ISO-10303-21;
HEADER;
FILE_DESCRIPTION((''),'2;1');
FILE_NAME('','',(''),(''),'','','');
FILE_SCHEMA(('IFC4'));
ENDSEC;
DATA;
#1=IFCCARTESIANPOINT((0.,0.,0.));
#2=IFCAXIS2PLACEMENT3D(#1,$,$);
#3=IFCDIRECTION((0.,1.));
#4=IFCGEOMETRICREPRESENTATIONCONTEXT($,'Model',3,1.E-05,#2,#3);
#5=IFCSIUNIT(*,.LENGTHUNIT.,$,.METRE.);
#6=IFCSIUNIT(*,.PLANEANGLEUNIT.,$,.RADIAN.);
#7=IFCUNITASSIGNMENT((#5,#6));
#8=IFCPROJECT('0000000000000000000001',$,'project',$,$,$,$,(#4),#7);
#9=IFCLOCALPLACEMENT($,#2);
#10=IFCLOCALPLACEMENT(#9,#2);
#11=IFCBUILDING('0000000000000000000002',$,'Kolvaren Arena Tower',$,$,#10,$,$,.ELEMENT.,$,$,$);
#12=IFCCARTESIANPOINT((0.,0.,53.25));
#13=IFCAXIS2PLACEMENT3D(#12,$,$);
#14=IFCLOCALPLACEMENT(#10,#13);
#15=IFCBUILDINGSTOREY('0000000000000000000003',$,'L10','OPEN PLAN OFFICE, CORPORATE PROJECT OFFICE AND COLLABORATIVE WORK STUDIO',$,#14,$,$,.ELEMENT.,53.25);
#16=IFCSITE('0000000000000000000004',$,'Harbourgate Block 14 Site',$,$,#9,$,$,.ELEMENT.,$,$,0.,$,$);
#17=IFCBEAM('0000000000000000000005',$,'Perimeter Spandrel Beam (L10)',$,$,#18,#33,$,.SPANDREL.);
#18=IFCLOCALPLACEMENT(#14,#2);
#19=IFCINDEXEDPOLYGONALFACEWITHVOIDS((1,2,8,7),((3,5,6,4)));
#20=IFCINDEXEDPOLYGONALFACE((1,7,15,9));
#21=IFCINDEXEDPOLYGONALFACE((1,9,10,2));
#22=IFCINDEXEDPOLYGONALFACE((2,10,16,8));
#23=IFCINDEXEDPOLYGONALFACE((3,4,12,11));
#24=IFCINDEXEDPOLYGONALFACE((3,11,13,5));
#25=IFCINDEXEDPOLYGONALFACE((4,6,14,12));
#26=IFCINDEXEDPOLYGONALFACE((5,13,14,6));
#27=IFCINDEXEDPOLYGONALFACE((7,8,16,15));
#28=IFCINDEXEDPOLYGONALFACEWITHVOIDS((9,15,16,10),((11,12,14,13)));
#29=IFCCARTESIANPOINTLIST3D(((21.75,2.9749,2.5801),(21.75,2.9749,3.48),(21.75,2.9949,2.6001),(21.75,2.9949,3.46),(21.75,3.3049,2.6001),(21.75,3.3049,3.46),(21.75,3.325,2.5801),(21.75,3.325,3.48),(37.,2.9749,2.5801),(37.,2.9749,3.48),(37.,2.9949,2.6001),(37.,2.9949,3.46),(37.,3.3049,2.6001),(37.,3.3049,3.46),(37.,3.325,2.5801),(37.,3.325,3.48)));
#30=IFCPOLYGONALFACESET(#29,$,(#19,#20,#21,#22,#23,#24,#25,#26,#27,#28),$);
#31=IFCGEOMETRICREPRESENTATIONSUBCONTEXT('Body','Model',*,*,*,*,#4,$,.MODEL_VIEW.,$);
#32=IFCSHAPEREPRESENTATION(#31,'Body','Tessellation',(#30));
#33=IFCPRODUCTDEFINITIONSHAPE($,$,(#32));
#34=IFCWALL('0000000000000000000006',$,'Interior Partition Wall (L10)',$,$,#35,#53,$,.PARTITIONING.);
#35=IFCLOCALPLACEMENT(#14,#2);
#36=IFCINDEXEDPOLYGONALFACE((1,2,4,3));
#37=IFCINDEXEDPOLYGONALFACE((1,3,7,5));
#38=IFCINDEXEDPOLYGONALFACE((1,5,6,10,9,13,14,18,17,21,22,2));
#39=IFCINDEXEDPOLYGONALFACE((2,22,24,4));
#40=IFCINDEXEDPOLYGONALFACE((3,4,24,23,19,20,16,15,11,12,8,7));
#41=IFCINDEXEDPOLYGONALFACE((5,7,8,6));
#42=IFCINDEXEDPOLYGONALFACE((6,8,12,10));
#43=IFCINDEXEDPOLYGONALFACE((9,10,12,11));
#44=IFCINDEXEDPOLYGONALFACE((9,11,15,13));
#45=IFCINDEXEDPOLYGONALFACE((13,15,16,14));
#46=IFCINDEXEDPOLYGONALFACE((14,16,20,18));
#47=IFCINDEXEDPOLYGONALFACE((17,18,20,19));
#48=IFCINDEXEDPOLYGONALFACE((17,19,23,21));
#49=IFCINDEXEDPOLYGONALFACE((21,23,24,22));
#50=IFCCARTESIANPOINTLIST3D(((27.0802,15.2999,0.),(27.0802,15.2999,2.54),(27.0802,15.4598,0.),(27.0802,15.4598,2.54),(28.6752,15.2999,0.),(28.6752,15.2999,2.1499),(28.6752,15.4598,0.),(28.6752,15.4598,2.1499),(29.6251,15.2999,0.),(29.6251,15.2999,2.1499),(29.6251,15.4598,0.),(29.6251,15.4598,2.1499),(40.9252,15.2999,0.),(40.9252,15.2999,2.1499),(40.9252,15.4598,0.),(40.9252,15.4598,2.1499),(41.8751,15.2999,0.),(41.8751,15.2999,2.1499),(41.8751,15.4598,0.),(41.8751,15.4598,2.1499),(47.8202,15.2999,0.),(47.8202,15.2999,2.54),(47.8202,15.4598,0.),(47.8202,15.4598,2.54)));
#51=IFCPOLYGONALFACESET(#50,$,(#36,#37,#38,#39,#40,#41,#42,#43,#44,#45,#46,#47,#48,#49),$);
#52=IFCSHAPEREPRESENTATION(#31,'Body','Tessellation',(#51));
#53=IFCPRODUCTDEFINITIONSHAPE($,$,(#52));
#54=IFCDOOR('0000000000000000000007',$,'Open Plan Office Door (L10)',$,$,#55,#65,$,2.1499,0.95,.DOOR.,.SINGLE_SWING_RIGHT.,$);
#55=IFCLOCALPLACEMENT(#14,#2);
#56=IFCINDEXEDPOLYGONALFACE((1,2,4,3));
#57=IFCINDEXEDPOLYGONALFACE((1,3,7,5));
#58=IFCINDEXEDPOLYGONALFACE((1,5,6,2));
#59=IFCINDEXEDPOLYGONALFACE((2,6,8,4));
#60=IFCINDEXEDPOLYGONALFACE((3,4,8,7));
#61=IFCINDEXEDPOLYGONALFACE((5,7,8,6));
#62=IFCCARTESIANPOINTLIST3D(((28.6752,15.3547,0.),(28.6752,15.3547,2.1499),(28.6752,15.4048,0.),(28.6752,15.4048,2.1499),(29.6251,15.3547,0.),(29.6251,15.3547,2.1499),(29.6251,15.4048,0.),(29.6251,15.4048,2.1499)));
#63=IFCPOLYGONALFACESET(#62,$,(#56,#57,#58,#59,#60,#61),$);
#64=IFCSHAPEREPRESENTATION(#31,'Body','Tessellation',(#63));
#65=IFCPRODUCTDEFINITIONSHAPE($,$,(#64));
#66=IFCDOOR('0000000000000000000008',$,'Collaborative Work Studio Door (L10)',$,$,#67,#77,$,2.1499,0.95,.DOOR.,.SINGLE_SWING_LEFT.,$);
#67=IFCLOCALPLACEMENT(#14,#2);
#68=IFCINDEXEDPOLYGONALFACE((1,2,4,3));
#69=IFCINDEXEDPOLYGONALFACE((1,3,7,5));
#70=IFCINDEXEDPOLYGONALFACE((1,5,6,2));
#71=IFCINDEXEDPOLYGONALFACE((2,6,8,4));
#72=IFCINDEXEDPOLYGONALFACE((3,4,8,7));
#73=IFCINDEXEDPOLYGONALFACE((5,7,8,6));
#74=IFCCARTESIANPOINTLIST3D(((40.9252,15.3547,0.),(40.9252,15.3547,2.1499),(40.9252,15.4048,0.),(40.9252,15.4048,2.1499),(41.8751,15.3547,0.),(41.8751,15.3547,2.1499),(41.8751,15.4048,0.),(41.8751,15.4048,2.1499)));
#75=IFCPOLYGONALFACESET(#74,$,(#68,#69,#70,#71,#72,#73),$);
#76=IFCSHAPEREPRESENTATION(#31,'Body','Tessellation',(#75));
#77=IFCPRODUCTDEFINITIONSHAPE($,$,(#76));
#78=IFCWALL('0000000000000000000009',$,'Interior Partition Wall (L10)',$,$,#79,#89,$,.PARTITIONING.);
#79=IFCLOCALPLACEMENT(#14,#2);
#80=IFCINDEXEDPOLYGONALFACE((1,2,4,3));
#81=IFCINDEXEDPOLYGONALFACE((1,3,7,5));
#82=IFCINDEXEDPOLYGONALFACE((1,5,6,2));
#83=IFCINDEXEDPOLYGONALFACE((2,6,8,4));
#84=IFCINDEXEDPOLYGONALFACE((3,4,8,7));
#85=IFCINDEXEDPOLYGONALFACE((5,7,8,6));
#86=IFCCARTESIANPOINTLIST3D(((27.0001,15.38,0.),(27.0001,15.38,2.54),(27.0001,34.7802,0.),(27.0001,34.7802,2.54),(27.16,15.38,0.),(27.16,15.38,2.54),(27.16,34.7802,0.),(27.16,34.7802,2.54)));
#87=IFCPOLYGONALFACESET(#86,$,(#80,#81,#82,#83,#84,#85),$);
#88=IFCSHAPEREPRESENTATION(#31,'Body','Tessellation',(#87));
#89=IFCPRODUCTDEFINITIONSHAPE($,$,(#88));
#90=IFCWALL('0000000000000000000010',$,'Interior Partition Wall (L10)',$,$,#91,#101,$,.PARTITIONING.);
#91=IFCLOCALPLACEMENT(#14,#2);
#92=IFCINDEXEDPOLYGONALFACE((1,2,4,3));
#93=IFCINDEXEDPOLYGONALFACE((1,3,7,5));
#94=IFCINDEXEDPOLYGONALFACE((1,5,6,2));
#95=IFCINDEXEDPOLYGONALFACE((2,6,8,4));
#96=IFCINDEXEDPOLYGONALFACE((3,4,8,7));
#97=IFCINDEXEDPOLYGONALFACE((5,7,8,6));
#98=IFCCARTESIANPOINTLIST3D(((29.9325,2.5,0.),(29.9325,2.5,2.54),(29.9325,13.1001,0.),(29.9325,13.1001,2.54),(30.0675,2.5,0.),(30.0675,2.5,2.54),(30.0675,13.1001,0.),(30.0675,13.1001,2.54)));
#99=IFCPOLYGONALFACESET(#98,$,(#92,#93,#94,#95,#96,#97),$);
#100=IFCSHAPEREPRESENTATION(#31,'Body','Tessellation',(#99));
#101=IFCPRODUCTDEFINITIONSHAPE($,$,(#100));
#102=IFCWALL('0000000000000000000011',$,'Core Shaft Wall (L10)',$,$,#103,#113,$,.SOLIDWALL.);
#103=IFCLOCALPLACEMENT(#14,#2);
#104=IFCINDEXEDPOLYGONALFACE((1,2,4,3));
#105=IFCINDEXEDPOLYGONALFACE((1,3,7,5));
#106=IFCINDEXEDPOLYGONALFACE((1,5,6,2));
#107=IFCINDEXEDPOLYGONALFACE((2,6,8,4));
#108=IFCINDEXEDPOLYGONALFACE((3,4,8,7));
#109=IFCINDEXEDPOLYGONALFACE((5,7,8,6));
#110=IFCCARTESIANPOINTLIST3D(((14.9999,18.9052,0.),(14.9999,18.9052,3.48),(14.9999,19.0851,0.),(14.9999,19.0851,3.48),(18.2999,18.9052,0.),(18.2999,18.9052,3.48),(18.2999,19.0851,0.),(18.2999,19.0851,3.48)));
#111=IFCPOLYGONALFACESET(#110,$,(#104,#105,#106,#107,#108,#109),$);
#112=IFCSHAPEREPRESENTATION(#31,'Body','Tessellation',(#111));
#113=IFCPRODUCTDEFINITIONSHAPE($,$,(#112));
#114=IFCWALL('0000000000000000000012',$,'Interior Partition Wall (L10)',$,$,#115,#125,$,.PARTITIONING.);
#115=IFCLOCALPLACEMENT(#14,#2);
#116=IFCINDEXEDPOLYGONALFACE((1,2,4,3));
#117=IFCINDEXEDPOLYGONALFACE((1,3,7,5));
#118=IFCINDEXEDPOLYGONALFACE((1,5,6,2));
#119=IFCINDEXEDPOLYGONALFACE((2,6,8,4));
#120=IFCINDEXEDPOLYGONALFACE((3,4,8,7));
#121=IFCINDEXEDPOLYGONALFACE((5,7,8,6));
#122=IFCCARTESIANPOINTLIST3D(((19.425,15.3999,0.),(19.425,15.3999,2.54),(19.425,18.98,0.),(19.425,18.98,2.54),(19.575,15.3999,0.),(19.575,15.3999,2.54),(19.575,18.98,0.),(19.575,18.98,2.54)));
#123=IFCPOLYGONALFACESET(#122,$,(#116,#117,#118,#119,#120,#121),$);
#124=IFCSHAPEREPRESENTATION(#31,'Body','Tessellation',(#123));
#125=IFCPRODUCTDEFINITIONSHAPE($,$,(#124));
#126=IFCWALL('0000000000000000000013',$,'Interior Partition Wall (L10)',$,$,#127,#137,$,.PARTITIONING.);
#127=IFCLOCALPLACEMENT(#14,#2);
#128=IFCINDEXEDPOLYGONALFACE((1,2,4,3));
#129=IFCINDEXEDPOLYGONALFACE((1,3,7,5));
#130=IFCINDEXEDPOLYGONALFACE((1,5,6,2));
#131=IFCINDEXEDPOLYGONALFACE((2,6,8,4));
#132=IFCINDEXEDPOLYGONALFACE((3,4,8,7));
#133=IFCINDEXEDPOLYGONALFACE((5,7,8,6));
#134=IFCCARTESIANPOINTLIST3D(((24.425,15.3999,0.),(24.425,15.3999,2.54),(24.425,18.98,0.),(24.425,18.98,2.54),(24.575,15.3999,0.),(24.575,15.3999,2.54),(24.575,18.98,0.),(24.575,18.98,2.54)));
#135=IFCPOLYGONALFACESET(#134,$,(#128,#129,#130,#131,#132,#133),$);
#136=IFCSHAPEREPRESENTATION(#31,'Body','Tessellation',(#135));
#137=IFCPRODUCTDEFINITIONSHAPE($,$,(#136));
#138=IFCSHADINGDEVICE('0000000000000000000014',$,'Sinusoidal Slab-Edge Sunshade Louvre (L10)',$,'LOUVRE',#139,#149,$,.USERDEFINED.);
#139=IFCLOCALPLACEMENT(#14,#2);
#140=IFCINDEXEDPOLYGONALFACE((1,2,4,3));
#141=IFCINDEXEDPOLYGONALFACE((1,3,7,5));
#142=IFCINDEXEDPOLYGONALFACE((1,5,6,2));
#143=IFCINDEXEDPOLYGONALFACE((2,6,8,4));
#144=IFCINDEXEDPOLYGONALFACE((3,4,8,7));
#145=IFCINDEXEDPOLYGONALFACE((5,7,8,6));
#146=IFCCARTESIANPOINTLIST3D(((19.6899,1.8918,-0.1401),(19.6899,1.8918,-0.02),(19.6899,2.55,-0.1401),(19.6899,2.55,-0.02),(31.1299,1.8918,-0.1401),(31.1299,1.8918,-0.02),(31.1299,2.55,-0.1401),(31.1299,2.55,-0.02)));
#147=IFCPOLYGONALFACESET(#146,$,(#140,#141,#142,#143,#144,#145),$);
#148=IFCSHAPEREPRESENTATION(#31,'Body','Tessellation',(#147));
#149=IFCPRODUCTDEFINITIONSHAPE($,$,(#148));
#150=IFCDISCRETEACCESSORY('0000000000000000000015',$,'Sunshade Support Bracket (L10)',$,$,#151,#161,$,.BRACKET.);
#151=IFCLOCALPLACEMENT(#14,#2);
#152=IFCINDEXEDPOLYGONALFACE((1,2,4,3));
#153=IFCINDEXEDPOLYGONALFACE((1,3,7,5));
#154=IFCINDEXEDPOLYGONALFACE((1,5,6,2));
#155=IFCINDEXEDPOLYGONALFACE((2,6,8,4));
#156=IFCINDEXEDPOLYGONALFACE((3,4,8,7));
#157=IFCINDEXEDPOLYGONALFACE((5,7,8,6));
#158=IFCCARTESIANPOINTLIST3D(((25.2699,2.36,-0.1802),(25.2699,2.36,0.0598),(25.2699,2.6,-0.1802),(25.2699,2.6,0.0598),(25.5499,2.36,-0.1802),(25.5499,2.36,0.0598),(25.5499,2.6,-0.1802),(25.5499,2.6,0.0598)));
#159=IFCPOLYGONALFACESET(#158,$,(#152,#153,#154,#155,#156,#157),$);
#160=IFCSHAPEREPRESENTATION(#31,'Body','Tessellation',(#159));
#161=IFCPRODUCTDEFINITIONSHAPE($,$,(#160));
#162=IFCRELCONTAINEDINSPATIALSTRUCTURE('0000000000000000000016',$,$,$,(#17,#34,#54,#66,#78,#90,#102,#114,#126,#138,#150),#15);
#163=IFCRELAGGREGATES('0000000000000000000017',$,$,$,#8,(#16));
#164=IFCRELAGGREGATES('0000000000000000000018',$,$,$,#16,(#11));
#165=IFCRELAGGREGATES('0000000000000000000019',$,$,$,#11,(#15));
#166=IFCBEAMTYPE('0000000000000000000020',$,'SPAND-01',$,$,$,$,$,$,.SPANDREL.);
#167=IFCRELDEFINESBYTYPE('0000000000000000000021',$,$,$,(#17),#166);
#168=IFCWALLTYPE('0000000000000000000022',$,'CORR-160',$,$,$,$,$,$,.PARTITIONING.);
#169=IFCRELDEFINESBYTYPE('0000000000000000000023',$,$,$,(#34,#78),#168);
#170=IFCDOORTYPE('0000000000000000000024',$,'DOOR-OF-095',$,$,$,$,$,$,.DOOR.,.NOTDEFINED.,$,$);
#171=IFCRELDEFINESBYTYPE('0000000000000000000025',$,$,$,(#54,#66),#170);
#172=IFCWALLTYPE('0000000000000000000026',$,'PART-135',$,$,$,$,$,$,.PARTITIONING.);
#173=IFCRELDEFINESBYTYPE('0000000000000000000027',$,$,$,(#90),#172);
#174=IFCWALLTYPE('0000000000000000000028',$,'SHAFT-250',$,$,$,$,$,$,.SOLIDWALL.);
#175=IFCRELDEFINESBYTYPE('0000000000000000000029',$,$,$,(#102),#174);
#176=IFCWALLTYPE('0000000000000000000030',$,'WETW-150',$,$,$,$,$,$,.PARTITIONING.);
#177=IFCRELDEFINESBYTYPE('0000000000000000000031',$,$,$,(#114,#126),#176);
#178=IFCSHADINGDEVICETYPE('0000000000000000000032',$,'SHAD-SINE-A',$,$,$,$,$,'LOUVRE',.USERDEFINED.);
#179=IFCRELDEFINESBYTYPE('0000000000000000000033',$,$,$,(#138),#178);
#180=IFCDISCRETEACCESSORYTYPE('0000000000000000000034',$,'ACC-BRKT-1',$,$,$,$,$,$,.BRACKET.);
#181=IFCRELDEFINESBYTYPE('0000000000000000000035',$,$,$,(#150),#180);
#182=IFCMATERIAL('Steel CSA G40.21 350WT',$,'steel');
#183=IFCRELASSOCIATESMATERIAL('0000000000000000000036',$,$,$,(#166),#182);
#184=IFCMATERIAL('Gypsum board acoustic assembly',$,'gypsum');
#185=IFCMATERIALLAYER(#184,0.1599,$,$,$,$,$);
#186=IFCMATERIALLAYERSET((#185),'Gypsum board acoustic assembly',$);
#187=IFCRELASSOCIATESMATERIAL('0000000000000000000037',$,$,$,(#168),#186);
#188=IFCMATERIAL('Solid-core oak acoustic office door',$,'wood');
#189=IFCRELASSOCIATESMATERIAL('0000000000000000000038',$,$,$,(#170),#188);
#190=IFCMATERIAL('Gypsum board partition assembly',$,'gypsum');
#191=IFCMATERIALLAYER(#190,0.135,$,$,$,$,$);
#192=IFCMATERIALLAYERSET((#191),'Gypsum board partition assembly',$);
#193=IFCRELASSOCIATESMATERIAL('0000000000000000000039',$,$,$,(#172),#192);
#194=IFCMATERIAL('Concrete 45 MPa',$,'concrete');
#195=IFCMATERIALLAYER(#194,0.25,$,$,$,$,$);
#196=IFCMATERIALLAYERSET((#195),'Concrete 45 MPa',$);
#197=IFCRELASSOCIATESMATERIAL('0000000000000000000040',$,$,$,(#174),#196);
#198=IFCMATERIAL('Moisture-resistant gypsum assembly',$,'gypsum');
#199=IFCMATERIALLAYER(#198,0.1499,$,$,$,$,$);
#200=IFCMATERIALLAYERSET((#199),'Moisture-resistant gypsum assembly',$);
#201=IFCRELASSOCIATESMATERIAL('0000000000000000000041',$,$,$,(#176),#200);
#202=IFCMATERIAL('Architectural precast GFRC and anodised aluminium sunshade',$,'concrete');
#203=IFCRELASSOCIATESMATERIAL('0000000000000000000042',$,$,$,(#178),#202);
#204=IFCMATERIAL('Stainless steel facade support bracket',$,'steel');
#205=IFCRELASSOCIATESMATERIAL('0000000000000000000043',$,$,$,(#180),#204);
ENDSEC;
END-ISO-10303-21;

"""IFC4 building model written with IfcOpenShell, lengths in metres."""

from ifc_helpers import new_model, si_unit, direction, frame, frame_2d, origin, origin_2d, place, context, subcontext, project, spatial, rectangle, hollow_rectangle, extrude, material, layer, layer_set, material_profile, profile_set, type_object, element, fill, save


model = new_model("IFC4")

# Units and contexts
model_context = context("Model", 3, precision=1e-05, world=origin(), true_north=direction((0.0, 1.0)))
body_context = subcontext(model_context, "Body", "Model", "MODEL_VIEW")
ifc_project = project(units=[si_unit("LENGTHUNIT", "METRE"), si_unit("PLANEANGLEUNIT", "RADIAN")], contexts=[model_context])

# Site, building, storey
site_placement = place(None, origin())
site = spatial("IfcSite", under=ifc_project, at=site_placement, Name="Harbourgate Block 14 Site", CompositionType="ELEMENT", RefElevation=0.0)
building_placement = place(site_placement, origin())
building = spatial("IfcBuilding", under=site, at=building_placement, Name="Kolvaren Arena Tower", CompositionType="ELEMENT")
storey_placement = place(building_placement, frame((0.0, 0.0, 53.25)))
storey = spatial("IfcBuildingStorey", under=building, at=storey_placement, Name="L10", Description="OPEN PLAN OFFICE, CORPORATE PROJECT OFFICE AND COLLABORATIVE WORK STUDIO", CompositionType="ELEMENT", Elevation=53.25)

# Beam
ifc_material_1 = material(Name="Steel CSA G40.21 350WT", Category="steel")
ifc_material_profile_1 = material_profile(ifc_material_1, hollow_rectangle(XDim=0.3501, YDim=0.8999, WallThickness=0.02, at=origin_2d()), Name="HSS 900x350x20")
ifc_profile_set_1 = profile_set([ifc_material_profile_1], Name="Steel CSA G40.21 350WT")
beam_type_1 = type_object("IfcBeamType", Name="SPAND-01", PredefinedType="SPANDREL", material=ifc_profile_set_1)
beam_1_placement = place(storey_placement, frame((21.75, 3.1499, 3.03), z_axis=(1.0, 0.0, 0.0), x_axis=(0.0, 1.0, 0.0)))
element("IfcBeam", 1, at=beam_1_placement, inside=storey, type_object=beam_type_1, Name="Perimeter Spandrel Beam (L10)", PredefinedType="SPANDREL", context=body_context, shape_type="SweptSolid", body=[
    extrude(hollow_rectangle(XDim=0.3501, YDim=0.8999, WallThickness=0.02, at=origin_2d()), origin(), (0.0, 0.0, 1.0), 15.25),
])

# Wall, openings, doors
ifc_material_2 = material(Name="Gypsum board acoustic assembly", Category="gypsum")
ifc_layer_1 = layer(ifc_material_2, 0.1599)
ifc_layer_set_1 = layer_set([ifc_layer_1], Name="Gypsum board acoustic assembly")
wall_type_1 = type_object("IfcWallType", Name="CORR-160", PredefinedType="PARTITIONING", material=ifc_layer_set_1)
wall_1_placement = place(storey_placement, frame((27.0801, 15.3799, 0.0), z_axis=(0.0, 0.0, 1.0), x_axis=(1.0, 0.0, 0.0)))
wall_1 = element("IfcWall", 2, at=wall_1_placement, inside=storey, type_object=wall_type_1, Name="Interior Partition Wall (L10)", PredefinedType="PARTITIONING", context=body_context, shape_type="SweptSolid", body=[
    extrude(rectangle(XDim=20.74, YDim=0.1599, at=frame_2d((10.3701, 0.0))), origin(), (0.0, 0.0, 1.0), 2.54),
])
opening_1_placement = place(wall_1_placement, frame((1.595, 0.0, 0.0)))
opening_1 = element("IfcOpeningElement", 3, at=opening_1_placement, cuts=wall_1, PredefinedType="OPENING", context=body_context, shape_type="SweptSolid", body=[
    extrude(rectangle(XDim=0.95, YDim=2.1499, at=frame_2d((0.4751, 1.075))), frame((0.0, 0.0898, 0.0), z_axis=(0.0, -1.0, 0.0), x_axis=(1.0, 0.0, 0.0)), (0.0, 0.0, 1.0), 0.1799),
])
opening_2_placement = place(wall_1_placement, frame((13.845, 0.0, 0.0)))
opening_2 = element("IfcOpeningElement", 4, at=opening_2_placement, cuts=wall_1, PredefinedType="OPENING", context=body_context, shape_type="SweptSolid", body=[
    extrude(rectangle(XDim=0.95, YDim=2.1499, at=frame_2d((0.4751, 1.075))), frame((0.0, 0.0898, 0.0), z_axis=(0.0, -1.0, 0.0), x_axis=(1.0, 0.0, 0.0)), (0.0, 0.0, 1.0), 0.1799),
])
ifc_material_3 = material(Name="Solid-core oak acoustic office door", Category="wood")
door_type = type_object("IfcDoorType", Name="DOOR-OF-095", OperationType="NOTDEFINED", PredefinedType="DOOR", material=ifc_material_3)
door_1_placement = place(opening_1_placement, origin())
door_1 = element("IfcDoor", 5, at=door_1_placement, inside=storey, type_object=door_type, Name="Open Plan Office Door (L10)", OperationType="SINGLE_SWING_RIGHT", OverallHeight=2.1499, OverallWidth=0.95, PredefinedType="DOOR", context=body_context, shape_type="SweptSolid", body=[
    extrude(rectangle(XDim=0.95, YDim=2.1499, at=frame_2d((0.4751, 1.075))), frame((0.0, 0.0249, 0.0), z_axis=(0.0, -1.0, 0.0), x_axis=(1.0, 0.0, 0.0)), (0.0, 0.0, 1.0), 0.05),
])
fill(opening_1, door_1)
door_2_placement = place(opening_2_placement, origin())
door_2 = element("IfcDoor", 6, at=door_2_placement, inside=storey, type_object=door_type, Name="Collaborative Work Studio Door (L10)", OperationType="SINGLE_SWING_LEFT", OverallHeight=2.1499, OverallWidth=0.95, PredefinedType="DOOR", context=body_context, shape_type="SweptSolid", body=[
    extrude(rectangle(XDim=0.95, YDim=2.1499, at=frame_2d((0.4751, 1.075))), frame((0.0, 0.0249, 0.0), z_axis=(0.0, -1.0, 0.0), x_axis=(1.0, 0.0, 0.0)), (0.0, 0.0, 1.0), 0.05),
])
fill(opening_2, door_2)

# Walls
wall_2_placement = place(storey_placement, frame((27.0801, 15.3799, 0.0), z_axis=(0.0, 0.0, 1.0), x_axis=(0.0, 1.0, 0.0)))
element("IfcWall", 7, at=wall_2_placement, inside=storey, type_object=wall_type_1, Name="Interior Partition Wall (L10)", PredefinedType="PARTITIONING", context=body_context, shape_type="SweptSolid", body=[
    extrude(rectangle(XDim=19.4001, YDim=0.1599, at=frame_2d((9.7002, 0.0))), origin(), (0.0, 0.0, 1.0), 2.54),
])
ifc_material_4 = material(Name="Gypsum board partition assembly", Category="gypsum")
ifc_layer_2 = layer(ifc_material_4, 0.135)
ifc_layer_set_2 = layer_set([ifc_layer_2], Name="Gypsum board partition assembly")
wall_type_2 = type_object("IfcWallType", Name="PART-135", PredefinedType="PARTITIONING", material=ifc_layer_set_2)
wall_3_placement = place(storey_placement, frame((30.0, 2.5, 0.0), z_axis=(0.0, 0.0, 1.0), x_axis=(0.0, 1.0, 0.0)))
element("IfcWall", 8, at=wall_3_placement, inside=storey, type_object=wall_type_2, Name="Interior Partition Wall (L10)", PredefinedType="PARTITIONING", context=body_context, shape_type="SweptSolid", body=[
    extrude(rectangle(XDim=10.6001, YDim=0.135, at=frame_2d((5.3, 0.0))), origin(), (0.0, 0.0, 1.0), 2.54),
])
ifc_material_5 = material(Name="Concrete 45 MPa", Category="concrete")
ifc_layer_3 = layer(ifc_material_5, 0.25)
ifc_layer_set_3 = layer_set([ifc_layer_3], Name="Concrete 45 MPa")
wall_type_3 = type_object("IfcWallType", Name="SHAFT-250", PredefinedType="SOLIDWALL", material=ifc_layer_set_3)
wall_4_placement = place(storey_placement, frame((15.0, 18.9951, 0.0), z_axis=(0.0, 0.0, 1.0), x_axis=(1.0, 0.0, 0.0)))
element("IfcWall", 9, at=wall_4_placement, inside=storey, type_object=wall_type_3, Name="Core Shaft Wall (L10)", PredefinedType="SOLIDWALL", context=body_context, shape_type="SweptSolid", body=[
    extrude(rectangle(XDim=3.3, YDim=0.1799, at=frame_2d((1.6499, 0.0))), origin(), (0.0, 0.0, 1.0), 3.48),
])
ifc_material_6 = material(Name="Moisture-resistant gypsum assembly", Category="gypsum")
ifc_layer_4 = layer(ifc_material_6, 0.1499)
ifc_layer_set_4 = layer_set([ifc_layer_4], Name="Moisture-resistant gypsum assembly")
wall_type_4 = type_object("IfcWallType", Name="WETW-150", PredefinedType="PARTITIONING", material=ifc_layer_set_4)
for number, where, z_axis, x_axis, name in (
    (10, (19.5, 15.3999, 0.0), (0.0, 0.0, 1.0), (0.0, 1.0, 0.0), "Interior Partition Wall (L10)"),
    (11, (24.5, 15.3999, 0.0), (0.0, 0.0, 1.0), (0.0, 1.0, 0.0), "Interior Partition Wall (L10)"),
):
    element("IfcWall", number, at=place(storey_placement, frame(where, z_axis=z_axis, x_axis=x_axis)), inside=storey, type_object=wall_type_4, Name=name, PredefinedType="PARTITIONING", context=body_context, shape_type="SweptSolid", body=[
        extrude(rectangle(XDim=3.5801, YDim=0.1499, at=frame_2d((1.79, 0.0))), origin(), (0.0, 0.0, 1.0), 2.54),
    ])

# Shading device
ifc_material_7 = material(Name="Architectural precast GFRC and anodised aluminium sunshade", Category="concrete")
shading_device_type = type_object("IfcShadingDeviceType", Name="SHAD-SINE-A", ElementType="LOUVRE", PredefinedType="USERDEFINED", material=ifc_material_7)
shading_device_placement = place(storey_placement, frame((25.4099, 2.2209, -0.1401), z_axis=(0.0, 0.0, 1.0), x_axis=(-1.0, 0.0, 0.0)))
element("IfcShadingDevice", 12, at=shading_device_placement, inside=storey, type_object=shading_device_type, Name="Sinusoidal Slab-Edge Sunshade Louvre (L10)", ObjectType="LOUVRE", PredefinedType="USERDEFINED", context=body_context, shape_type="SweptSolid", body=[
    extrude(rectangle(XDim=11.4399, YDim=0.6582, at=origin_2d()), origin(), (0.0, 0.0, 1.0), 0.1201),
])

# Discrete accessory
ifc_material_8 = material(Name="Stainless steel facade support bracket", Category="steel")
discrete_accessory_type = type_object("IfcDiscreteAccessoryType", Name="ACC-BRKT-1", PredefinedType="BRACKET", material=ifc_material_8)
discrete_accessory_placement = place(storey_placement, frame((25.4099, 2.48, -0.1802), z_axis=(0.0, 0.0, 1.0), x_axis=(-1.0, 0.0, 0.0)))
element("IfcDiscreteAccessory", 13, at=discrete_accessory_placement, inside=storey, type_object=discrete_accessory_type, Name="Sunshade Support Bracket (L10)", PredefinedType="BRACKET", context=body_context, shape_type="SweptSolid", body=[
    extrude(rectangle(XDim=0.28, YDim=0.24, at=origin_2d()), origin(), (0.0, 0.0, 1.0), 0.24),
])

save(model, "model.ifc")
